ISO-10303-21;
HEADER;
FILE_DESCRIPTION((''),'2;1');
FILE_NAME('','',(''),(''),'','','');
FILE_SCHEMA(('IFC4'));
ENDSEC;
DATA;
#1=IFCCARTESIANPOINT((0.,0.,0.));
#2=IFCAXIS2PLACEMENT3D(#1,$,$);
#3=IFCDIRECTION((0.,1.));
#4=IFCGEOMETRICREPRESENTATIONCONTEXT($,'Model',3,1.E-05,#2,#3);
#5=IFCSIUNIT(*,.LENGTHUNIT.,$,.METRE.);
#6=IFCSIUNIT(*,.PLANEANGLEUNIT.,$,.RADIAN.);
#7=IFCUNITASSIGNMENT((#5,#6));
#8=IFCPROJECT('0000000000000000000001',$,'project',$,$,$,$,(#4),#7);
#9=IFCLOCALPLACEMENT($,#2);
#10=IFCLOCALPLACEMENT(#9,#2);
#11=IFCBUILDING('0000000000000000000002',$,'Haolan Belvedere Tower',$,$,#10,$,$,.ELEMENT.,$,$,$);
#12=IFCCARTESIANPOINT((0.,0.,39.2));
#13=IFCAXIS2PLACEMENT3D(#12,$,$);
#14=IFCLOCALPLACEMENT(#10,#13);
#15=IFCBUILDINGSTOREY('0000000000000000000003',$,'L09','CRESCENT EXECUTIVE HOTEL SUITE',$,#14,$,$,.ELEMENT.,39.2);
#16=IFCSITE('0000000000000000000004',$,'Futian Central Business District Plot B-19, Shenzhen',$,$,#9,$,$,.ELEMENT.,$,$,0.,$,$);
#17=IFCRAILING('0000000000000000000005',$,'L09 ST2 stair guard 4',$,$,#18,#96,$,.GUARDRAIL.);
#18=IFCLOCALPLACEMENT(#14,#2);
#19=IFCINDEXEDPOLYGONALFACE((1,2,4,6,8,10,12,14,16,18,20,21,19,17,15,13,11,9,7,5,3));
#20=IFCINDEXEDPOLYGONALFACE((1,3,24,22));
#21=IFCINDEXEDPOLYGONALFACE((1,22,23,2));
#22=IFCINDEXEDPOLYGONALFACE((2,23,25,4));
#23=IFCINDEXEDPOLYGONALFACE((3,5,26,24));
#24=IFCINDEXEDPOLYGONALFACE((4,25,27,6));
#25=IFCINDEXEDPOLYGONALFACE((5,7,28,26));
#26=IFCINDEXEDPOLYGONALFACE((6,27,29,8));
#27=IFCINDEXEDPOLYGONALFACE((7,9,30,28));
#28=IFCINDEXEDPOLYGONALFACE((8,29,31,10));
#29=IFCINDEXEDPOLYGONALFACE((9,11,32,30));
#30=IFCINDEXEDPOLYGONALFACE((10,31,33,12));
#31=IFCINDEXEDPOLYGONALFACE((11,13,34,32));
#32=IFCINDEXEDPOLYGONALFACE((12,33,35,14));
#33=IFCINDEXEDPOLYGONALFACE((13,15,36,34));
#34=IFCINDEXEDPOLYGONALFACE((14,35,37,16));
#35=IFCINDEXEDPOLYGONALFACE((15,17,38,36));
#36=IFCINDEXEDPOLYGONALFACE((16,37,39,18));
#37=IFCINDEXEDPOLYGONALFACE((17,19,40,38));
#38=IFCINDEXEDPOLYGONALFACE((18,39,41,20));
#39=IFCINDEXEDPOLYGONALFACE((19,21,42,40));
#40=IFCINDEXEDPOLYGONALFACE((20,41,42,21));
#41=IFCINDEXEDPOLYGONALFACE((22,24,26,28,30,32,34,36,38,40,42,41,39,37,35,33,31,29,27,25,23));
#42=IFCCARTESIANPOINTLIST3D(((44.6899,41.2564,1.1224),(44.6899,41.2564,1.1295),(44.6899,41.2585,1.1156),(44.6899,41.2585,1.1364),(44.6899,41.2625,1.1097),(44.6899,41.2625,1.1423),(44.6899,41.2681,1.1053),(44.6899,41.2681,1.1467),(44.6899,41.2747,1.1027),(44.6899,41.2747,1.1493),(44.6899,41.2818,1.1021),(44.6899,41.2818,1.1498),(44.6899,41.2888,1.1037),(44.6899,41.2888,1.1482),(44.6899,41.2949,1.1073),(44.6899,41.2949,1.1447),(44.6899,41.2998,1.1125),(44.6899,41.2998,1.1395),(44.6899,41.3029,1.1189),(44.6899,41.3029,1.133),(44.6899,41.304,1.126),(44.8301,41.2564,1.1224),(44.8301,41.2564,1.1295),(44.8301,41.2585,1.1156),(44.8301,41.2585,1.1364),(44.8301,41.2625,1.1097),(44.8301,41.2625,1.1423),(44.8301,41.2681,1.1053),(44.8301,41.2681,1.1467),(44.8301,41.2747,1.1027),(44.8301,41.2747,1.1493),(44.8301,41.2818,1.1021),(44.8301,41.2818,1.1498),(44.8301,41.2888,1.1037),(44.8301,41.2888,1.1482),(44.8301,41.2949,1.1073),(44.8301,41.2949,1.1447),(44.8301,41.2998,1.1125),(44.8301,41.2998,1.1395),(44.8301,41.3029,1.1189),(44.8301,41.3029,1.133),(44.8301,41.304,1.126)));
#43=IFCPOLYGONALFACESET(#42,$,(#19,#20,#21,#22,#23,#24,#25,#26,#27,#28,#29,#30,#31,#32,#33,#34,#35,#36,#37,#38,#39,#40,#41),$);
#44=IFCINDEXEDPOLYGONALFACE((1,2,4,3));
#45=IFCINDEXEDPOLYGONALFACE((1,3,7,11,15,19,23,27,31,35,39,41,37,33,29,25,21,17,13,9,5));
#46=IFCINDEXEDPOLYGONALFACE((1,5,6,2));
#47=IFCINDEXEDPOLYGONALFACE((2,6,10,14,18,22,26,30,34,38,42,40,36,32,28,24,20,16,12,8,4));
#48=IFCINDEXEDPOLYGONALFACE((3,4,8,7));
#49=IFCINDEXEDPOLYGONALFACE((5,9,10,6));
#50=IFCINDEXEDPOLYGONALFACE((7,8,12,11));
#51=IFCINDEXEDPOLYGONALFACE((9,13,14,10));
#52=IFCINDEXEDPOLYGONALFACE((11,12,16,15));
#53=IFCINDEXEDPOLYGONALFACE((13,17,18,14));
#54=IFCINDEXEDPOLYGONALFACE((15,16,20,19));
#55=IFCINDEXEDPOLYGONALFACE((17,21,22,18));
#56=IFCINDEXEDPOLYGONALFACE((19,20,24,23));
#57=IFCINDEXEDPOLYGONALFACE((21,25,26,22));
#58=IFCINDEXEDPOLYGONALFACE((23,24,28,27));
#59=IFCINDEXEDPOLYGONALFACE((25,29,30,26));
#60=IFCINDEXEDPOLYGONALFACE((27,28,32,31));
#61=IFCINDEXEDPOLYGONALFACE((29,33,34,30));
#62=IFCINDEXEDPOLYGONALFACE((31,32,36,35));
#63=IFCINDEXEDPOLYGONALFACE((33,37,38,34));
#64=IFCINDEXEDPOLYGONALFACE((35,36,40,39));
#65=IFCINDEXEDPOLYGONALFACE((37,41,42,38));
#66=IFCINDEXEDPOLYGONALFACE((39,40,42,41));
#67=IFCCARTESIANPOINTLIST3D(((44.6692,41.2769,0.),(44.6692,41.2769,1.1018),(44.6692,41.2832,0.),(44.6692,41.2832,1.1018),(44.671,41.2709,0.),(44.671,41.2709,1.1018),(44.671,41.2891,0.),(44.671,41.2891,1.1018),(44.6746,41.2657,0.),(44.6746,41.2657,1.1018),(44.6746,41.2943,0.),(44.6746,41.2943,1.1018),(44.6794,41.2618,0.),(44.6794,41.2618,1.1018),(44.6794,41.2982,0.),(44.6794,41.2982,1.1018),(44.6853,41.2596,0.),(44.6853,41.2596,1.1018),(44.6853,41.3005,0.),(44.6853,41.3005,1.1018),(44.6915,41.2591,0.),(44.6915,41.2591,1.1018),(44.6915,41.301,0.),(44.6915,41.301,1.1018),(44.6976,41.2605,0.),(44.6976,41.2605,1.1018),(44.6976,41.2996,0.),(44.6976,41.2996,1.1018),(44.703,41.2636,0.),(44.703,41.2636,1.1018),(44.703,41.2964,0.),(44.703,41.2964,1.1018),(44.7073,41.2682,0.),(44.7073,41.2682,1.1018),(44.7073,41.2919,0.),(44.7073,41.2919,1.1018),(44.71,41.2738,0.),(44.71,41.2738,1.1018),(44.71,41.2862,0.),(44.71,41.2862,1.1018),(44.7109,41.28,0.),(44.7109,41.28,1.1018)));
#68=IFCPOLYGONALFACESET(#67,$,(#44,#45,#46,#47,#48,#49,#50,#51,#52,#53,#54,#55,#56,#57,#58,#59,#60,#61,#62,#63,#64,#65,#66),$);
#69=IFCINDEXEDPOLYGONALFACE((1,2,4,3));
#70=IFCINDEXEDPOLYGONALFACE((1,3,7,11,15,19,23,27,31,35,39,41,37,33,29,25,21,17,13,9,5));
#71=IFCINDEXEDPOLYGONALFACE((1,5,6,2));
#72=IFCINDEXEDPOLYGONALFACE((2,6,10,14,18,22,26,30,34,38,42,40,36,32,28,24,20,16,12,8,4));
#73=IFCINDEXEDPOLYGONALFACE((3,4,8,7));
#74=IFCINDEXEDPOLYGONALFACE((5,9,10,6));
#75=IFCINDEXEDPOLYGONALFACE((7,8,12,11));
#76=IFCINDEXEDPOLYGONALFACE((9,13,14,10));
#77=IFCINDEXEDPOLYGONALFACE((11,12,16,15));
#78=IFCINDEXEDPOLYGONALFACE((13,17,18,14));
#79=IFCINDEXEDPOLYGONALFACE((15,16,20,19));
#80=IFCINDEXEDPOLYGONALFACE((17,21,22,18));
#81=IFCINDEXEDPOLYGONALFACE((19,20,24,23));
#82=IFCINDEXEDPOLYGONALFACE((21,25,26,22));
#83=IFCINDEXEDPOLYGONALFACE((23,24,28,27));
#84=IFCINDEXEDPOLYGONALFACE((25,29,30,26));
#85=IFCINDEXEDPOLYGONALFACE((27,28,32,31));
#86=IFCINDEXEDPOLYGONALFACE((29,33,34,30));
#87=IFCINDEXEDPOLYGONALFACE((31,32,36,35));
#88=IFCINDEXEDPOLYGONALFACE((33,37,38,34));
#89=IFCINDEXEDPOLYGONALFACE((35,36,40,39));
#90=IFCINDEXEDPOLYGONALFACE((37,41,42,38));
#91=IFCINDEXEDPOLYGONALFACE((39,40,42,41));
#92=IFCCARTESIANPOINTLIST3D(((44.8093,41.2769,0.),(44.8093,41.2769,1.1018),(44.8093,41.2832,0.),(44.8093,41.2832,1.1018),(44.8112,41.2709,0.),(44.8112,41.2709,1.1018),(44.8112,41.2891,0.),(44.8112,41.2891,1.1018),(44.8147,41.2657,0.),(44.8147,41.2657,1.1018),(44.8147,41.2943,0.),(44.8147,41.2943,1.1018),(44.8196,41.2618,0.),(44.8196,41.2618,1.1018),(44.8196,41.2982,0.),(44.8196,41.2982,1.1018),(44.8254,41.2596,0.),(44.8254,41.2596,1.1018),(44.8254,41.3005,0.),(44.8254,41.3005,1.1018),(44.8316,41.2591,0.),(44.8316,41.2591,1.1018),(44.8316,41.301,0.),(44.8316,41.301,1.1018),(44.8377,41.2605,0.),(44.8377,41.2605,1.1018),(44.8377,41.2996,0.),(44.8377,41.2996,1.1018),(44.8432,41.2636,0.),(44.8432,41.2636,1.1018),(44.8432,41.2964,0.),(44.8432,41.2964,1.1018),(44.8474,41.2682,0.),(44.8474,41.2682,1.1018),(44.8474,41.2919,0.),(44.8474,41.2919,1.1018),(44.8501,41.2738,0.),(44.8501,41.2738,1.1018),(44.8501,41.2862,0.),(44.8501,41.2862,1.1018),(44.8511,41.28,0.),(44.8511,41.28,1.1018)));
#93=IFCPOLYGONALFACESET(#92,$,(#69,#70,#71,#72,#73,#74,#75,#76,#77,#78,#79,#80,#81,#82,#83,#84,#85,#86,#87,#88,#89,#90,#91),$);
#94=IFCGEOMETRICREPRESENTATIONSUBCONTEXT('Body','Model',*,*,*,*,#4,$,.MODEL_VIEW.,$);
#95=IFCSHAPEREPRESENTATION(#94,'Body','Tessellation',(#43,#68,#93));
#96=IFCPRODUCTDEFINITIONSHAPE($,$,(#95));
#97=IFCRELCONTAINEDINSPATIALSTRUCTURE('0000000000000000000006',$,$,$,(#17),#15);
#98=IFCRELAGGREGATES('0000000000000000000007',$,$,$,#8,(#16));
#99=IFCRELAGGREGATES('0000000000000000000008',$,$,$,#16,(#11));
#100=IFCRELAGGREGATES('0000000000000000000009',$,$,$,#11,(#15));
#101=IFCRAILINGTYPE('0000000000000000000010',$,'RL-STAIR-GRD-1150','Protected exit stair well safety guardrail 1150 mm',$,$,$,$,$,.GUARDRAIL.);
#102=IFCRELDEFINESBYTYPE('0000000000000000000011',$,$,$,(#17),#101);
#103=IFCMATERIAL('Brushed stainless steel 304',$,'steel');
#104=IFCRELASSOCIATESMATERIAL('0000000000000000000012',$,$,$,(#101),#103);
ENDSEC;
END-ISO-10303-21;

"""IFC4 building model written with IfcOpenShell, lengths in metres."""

from ifc_helpers import new_model, si_unit, direction, frame, origin, origin_2d, place, context, subcontext, project, spatial, circle, extrude, material, type_object, element, save


model = new_model("IFC4")

# Units and contexts
model_context = context("Model", 3, precision=1e-05, world=origin(), true_north=direction((0.0, 1.0)))
body_context = subcontext(model_context, "Body", "Model", "MODEL_VIEW")
ifc_project = project(units=[si_unit("LENGTHUNIT", "METRE"), si_unit("PLANEANGLEUNIT", "RADIAN")], contexts=[model_context])

# Site, building, storey
site_placement = place(None, origin())
site = spatial("IfcSite", under=ifc_project, at=site_placement, Name="Futian Central Business District Plot B-19, Shenzhen", CompositionType="ELEMENT", RefElevation=0.0)
building_placement = place(site_placement, origin())
building = spatial("IfcBuilding", under=site, at=building_placement, Name="Haolan Belvedere Tower", CompositionType="ELEMENT")
storey_placement = place(building_placement, frame((0.0, 0.0, 39.2)))
storey = spatial("IfcBuildingStorey", under=building, at=storey_placement, Name="L09", Description="CRESCENT EXECUTIVE HOTEL SUITE", CompositionType="ELEMENT", Elevation=39.2)

# Railing
ifc_material_1 = material(Name="Brushed stainless steel 304", Category="steel")
railing_type_1 = type_object("IfcRailingType", Name="RL-STAIR-GRD-1150", Description="Protected exit stair well safety guardrail 1150 mm", PredefinedType="GUARDRAIL", material=ifc_material_1)
railing_1_placement = place(storey_placement, frame((44.6899, 41.28, 0.0)))
element("IfcRailing", 1, at=railing_1_placement, inside=storey, type_object=railing_type_1, Name="L09 ST2 stair guard 4", PredefinedType="GUARDRAIL", context=body_context, shape_type="SweptSolid", body=[
    extrude(circle(Radius=0.0239, at=origin_2d()), frame((0.0, 0.0, 1.126), z_axis=(1.0, 0.0, 0.0), x_axis=(0.0, 1.0, 0.0)), (0.0, 0.0, 1.0), 0.1401),
    extrude(circle(Radius=0.021, at=origin_2d()), origin(), (0.0, 0.0, 1.0), 1.1018),
    extrude(circle(Radius=0.021, at=origin_2d()), frame((0.1401, 0.0, 0.0)), (0.0, 0.0, 1.0), 1.1018),
])

save(model, "model.ifc")
